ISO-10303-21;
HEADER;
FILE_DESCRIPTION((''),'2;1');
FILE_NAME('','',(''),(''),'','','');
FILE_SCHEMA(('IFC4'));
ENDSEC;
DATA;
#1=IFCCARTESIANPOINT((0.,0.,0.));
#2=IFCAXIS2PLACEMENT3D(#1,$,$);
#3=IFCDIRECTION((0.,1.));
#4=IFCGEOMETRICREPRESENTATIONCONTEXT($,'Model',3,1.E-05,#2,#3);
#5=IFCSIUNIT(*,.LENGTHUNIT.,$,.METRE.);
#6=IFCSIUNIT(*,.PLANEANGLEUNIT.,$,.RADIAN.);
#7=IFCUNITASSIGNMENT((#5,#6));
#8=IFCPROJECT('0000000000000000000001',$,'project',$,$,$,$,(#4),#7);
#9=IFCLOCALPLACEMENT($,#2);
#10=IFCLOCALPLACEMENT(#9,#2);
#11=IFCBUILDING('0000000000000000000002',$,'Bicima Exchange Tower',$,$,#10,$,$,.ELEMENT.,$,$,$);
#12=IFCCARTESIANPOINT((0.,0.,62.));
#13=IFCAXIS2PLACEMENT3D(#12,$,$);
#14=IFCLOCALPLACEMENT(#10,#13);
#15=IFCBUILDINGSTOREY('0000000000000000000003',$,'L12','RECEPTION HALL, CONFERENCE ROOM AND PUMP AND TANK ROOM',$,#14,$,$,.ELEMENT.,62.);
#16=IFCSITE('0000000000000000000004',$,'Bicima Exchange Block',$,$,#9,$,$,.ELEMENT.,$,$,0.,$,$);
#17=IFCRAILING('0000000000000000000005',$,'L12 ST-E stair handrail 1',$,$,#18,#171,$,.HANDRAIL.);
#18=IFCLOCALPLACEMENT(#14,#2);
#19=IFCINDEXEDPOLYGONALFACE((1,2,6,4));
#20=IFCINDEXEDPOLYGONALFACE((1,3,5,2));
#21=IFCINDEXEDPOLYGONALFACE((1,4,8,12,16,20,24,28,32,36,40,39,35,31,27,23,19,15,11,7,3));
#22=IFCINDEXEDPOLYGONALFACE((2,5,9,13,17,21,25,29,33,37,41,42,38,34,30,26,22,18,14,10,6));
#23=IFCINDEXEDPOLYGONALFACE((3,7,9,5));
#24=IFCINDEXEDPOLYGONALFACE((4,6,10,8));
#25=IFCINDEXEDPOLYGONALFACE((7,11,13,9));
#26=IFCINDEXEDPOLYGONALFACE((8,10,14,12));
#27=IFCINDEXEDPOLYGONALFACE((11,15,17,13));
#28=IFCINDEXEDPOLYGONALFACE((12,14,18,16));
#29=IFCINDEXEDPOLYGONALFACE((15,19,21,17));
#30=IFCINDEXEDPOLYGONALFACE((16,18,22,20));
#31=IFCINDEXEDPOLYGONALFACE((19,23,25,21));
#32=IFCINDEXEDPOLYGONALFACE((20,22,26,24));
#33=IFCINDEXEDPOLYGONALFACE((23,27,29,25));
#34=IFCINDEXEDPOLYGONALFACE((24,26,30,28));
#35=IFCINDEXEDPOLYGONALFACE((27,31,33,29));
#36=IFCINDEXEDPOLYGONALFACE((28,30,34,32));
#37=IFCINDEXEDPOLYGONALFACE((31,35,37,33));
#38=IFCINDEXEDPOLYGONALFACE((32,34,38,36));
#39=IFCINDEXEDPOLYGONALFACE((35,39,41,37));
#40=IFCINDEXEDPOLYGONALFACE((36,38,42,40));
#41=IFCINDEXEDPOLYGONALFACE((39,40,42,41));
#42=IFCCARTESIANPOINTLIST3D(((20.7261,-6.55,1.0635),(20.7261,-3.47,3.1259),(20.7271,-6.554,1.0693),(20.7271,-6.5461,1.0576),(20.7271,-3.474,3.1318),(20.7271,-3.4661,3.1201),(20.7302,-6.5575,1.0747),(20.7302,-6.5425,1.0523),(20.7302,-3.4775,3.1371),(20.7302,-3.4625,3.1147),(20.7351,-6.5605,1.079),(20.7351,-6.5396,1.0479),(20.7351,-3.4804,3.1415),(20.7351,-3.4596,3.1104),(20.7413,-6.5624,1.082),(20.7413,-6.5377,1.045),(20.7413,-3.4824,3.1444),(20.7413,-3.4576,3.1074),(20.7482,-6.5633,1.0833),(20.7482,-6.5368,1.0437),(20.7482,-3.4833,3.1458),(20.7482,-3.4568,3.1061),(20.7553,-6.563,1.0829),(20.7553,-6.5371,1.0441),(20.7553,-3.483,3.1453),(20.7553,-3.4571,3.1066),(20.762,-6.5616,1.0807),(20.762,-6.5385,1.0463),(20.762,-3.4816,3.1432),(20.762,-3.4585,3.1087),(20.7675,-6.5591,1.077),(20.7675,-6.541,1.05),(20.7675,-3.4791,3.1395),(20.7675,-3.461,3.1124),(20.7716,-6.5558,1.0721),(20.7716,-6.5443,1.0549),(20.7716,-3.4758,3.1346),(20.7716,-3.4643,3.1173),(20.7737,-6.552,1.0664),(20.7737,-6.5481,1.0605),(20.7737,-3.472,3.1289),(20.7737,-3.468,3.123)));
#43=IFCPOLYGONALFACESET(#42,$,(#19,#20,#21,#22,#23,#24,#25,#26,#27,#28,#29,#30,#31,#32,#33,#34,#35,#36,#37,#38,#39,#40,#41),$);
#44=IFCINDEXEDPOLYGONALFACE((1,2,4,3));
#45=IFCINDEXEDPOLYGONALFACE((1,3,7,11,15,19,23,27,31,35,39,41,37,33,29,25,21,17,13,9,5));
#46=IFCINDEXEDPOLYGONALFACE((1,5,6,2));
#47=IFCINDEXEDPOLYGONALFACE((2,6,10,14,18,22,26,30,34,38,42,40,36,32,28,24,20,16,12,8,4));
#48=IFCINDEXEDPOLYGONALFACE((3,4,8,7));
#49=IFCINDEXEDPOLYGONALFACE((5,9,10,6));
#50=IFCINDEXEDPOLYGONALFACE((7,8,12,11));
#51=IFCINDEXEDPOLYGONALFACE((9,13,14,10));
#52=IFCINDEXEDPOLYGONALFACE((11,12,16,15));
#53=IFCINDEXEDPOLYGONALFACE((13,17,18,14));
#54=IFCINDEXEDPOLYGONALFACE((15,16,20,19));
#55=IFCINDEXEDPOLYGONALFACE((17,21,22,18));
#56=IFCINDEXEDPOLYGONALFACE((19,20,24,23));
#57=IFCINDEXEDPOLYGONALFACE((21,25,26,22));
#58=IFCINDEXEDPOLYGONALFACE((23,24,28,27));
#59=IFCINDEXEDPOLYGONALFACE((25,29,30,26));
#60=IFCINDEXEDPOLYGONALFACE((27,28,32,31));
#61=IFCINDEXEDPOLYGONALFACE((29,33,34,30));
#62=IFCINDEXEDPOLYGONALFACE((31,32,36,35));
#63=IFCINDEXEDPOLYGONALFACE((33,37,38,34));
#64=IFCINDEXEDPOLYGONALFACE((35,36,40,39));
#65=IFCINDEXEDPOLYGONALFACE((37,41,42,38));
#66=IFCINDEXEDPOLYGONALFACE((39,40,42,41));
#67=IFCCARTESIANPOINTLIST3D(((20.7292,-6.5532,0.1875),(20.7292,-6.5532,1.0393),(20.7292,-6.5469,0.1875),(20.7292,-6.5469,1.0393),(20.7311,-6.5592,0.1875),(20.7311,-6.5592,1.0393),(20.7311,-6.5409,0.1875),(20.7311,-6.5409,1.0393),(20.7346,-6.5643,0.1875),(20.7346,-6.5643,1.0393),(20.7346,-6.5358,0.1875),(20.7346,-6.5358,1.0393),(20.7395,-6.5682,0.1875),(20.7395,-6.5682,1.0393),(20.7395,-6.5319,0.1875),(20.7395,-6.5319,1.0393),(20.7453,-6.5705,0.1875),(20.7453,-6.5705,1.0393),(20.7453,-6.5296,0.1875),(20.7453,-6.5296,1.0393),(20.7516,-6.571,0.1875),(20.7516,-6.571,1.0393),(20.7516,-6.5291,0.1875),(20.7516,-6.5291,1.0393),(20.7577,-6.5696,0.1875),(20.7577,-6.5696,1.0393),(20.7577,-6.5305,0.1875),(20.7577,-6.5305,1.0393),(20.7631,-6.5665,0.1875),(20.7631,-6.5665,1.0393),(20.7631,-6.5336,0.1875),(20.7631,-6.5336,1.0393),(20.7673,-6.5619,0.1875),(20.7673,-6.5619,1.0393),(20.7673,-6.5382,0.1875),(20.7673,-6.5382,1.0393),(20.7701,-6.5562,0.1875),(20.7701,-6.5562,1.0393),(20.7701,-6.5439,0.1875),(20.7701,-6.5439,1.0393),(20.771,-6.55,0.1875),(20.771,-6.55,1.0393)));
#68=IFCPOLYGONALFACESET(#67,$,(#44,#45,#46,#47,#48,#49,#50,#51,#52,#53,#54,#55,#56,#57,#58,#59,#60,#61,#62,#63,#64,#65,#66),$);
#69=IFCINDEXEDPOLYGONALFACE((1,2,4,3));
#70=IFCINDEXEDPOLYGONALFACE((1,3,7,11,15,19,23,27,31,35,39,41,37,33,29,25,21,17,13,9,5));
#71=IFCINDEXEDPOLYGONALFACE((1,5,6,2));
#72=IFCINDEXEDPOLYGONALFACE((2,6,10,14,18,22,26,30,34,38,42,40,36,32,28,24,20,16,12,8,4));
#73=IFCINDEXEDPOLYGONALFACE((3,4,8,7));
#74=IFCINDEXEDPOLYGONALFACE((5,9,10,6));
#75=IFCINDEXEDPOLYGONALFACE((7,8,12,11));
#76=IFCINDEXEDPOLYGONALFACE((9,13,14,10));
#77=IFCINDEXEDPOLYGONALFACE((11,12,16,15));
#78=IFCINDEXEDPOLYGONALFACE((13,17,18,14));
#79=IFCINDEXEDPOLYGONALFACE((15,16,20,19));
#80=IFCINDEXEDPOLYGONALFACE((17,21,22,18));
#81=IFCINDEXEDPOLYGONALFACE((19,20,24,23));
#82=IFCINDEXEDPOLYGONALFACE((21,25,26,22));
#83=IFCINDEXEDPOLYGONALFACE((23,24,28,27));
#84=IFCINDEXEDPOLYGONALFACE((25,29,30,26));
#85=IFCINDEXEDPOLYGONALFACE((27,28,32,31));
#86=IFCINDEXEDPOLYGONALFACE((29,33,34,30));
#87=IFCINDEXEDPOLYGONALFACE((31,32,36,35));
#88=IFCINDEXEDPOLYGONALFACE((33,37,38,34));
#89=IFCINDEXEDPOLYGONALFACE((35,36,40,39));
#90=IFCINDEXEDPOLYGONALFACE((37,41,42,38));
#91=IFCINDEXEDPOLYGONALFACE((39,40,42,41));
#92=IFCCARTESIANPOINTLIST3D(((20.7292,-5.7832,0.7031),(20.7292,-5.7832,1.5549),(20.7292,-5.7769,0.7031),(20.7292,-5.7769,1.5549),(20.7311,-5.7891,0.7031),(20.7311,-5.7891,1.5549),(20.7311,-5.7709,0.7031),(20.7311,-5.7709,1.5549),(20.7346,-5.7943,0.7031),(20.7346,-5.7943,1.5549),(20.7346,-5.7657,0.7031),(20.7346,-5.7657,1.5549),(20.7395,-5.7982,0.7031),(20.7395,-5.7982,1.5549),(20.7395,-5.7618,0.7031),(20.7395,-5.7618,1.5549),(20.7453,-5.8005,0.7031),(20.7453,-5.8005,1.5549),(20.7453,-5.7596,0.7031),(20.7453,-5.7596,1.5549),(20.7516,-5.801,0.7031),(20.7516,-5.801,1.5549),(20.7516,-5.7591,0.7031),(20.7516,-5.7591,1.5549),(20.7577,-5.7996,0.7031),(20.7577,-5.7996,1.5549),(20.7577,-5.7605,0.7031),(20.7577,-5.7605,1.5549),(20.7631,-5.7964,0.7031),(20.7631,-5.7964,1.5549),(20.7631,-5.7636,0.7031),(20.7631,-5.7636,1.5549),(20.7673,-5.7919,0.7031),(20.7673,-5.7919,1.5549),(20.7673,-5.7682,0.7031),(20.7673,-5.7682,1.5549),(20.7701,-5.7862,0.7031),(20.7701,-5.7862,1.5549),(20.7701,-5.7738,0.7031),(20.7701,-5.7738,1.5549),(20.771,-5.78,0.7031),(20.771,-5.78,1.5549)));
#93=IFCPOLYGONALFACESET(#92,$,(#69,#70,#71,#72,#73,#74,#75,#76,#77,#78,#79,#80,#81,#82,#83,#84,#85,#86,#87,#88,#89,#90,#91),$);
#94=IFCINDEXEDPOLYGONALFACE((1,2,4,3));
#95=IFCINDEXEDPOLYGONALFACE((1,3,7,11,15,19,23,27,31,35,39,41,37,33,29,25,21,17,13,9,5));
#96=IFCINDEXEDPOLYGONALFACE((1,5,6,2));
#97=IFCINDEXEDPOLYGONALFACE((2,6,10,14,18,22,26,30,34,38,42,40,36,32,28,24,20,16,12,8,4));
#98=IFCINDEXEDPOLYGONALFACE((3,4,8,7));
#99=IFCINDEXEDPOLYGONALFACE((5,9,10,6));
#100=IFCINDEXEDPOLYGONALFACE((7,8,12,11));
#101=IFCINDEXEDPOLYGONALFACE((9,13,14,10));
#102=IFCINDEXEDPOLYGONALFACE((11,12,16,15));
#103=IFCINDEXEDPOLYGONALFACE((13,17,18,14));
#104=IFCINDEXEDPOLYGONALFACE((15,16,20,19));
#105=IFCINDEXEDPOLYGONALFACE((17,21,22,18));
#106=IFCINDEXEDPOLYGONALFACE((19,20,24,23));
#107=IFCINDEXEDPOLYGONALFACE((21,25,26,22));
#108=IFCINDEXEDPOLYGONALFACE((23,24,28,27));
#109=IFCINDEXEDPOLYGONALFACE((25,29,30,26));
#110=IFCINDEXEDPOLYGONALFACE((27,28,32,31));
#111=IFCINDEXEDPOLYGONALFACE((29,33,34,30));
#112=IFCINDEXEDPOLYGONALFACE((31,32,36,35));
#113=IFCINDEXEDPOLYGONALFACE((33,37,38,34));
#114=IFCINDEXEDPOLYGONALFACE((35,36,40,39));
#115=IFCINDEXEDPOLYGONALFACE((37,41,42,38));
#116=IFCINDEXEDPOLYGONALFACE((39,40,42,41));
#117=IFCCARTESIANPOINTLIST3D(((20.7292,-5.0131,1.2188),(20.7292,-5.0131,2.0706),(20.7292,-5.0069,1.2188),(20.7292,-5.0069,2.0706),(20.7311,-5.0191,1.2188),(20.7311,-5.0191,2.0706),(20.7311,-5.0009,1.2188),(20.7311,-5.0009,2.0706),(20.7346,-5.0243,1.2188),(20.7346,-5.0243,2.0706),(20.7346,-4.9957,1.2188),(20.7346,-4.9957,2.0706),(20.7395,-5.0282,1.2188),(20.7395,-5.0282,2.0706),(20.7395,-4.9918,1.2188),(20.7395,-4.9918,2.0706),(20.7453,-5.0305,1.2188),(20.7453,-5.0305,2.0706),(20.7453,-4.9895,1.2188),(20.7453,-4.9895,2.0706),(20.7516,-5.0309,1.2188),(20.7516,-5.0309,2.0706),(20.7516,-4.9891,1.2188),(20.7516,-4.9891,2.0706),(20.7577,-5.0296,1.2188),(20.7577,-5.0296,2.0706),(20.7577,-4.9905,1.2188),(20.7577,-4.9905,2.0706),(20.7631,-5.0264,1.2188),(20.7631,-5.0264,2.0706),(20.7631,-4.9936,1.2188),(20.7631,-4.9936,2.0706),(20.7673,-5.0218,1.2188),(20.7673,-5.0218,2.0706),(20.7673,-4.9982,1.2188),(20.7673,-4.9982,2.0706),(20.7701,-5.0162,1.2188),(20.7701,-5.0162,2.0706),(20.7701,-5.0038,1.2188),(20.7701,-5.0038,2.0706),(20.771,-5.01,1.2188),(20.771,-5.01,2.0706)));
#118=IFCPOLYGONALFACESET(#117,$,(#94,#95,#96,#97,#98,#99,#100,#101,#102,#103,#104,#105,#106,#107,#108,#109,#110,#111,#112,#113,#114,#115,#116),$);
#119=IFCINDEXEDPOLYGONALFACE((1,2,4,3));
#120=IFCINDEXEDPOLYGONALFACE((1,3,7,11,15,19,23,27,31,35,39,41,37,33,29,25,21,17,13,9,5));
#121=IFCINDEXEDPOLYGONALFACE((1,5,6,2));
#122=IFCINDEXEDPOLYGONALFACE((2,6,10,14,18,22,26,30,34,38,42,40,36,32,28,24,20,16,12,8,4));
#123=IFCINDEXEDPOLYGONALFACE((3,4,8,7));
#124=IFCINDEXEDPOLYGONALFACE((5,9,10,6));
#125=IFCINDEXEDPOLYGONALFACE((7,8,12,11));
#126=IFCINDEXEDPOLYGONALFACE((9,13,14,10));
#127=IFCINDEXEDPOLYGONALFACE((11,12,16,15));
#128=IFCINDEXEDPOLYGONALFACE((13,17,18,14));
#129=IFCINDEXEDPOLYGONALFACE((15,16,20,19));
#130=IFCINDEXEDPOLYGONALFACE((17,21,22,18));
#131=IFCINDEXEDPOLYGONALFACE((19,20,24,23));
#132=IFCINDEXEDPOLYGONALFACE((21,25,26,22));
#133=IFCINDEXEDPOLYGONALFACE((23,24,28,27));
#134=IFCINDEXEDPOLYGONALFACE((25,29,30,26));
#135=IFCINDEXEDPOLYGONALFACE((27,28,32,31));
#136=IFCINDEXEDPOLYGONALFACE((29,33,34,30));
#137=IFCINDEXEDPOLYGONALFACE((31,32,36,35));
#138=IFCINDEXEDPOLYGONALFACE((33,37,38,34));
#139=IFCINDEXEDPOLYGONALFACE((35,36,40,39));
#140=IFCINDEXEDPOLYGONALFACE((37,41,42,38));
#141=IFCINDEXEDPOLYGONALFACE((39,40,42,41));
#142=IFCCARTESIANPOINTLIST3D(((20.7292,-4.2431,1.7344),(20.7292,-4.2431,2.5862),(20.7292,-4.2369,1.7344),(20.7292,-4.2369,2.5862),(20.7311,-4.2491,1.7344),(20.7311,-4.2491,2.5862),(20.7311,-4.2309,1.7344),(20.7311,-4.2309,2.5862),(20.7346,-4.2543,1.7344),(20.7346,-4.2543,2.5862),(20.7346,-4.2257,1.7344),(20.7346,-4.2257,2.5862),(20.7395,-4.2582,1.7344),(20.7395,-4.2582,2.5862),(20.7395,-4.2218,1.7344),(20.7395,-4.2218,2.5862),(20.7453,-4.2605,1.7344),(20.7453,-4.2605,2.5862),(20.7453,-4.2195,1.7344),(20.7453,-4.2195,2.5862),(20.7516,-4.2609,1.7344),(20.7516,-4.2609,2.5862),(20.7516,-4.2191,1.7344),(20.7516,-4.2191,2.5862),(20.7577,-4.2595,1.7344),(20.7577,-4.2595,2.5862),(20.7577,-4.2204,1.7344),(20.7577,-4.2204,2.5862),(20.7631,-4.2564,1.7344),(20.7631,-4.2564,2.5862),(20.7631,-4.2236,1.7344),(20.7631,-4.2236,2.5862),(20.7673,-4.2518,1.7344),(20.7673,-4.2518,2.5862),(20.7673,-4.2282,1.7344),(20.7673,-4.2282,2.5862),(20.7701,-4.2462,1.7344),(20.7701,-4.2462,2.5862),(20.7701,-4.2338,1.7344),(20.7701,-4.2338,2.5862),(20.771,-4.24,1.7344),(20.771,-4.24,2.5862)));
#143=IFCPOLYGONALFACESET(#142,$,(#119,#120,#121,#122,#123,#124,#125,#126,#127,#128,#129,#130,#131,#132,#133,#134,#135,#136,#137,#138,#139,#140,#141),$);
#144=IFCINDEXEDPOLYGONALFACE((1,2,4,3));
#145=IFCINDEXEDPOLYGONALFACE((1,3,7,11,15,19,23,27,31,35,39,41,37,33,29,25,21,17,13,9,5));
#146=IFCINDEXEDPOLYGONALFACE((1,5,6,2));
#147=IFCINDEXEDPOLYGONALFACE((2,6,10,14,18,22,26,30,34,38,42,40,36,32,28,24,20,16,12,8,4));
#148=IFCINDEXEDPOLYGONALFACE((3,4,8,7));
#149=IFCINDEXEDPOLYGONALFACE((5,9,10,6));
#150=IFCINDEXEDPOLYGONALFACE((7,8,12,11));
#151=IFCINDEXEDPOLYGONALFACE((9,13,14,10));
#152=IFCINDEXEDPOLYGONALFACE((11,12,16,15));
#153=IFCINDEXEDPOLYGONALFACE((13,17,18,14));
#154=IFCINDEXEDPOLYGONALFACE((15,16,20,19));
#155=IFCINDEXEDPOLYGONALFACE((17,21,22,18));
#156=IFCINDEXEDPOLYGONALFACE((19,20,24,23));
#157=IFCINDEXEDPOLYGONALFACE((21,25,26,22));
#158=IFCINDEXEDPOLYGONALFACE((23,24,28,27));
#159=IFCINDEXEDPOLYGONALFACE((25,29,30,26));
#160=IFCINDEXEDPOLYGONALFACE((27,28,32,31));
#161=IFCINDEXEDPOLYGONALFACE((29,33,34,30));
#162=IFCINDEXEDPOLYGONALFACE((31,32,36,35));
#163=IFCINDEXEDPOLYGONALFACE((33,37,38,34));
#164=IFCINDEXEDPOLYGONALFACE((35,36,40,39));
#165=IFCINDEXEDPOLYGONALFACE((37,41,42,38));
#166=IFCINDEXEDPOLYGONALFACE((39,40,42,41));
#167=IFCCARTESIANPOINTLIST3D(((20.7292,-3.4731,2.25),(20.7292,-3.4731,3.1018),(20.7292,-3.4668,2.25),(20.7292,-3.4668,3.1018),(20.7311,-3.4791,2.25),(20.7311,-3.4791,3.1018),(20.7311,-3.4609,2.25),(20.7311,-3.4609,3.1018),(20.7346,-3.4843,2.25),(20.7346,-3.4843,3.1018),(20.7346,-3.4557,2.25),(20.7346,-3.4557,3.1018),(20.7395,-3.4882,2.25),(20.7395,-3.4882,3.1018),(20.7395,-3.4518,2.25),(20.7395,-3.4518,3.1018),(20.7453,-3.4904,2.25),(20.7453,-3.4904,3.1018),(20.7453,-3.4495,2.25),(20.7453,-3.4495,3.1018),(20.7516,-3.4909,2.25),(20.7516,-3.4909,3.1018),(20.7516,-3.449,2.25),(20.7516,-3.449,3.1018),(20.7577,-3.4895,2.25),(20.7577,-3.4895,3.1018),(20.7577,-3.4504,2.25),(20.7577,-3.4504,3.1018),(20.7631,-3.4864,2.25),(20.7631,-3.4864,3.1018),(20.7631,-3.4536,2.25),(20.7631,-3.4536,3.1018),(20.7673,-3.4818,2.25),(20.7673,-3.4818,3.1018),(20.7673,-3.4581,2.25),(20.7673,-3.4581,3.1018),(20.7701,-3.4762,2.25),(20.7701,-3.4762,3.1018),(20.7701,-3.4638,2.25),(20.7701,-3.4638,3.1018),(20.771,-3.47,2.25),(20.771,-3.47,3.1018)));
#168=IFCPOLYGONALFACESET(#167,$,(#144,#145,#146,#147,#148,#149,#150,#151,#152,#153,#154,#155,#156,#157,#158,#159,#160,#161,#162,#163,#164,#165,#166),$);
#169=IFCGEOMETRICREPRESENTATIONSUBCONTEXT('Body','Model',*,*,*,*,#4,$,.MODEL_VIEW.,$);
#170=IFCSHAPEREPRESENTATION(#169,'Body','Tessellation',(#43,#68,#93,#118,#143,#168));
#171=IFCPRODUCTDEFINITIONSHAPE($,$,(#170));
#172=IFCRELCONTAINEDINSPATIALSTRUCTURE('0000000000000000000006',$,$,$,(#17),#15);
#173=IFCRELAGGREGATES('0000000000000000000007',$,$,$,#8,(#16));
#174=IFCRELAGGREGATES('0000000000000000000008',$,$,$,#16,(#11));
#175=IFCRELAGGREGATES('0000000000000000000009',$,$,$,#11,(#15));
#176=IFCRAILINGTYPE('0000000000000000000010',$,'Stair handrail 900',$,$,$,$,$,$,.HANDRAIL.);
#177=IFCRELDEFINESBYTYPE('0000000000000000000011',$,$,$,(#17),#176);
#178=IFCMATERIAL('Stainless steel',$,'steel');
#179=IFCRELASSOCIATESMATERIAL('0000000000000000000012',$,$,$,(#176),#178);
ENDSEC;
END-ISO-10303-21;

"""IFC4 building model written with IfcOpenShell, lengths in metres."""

from ifc_helpers import new_model, si_unit, direction, frame, origin, origin_2d, place, context, subcontext, project, spatial, circle, extrude, material, type_object, element, save


model = new_model("IFC4")

# Units and contexts
model_context = context("Model", 3, precision=1e-05, world=origin(), true_north=direction((0.0, 1.0)))
body_context = subcontext(model_context, "Body", "Model", "MODEL_VIEW")
ifc_project = project(units=[si_unit("LENGTHUNIT", "METRE"), si_unit("PLANEANGLEUNIT", "RADIAN")], contexts=[model_context])

# Site, building, storey
site_placement = place(None, origin())
site = spatial("IfcSite", under=ifc_project, at=site_placement, Name="Bicima Exchange Block", CompositionType="ELEMENT", RefElevation=0.0)
building_placement = place(site_placement, origin())
building = spatial("IfcBuilding", under=site, at=building_placement, Name="Bicima Exchange Tower", CompositionType="ELEMENT")
storey_placement = place(building_placement, frame((0.0, 0.0, 62.0)))
storey = spatial("IfcBuildingStorey", under=building, at=storey_placement, Name="L12", Description="RECEPTION HALL, CONFERENCE ROOM AND PUMP AND TANK ROOM", CompositionType="ELEMENT", Elevation=62.0)

# Railing
ifc_material_1 = material(Name="Stainless steel", Category="steel")
railing_type_1 = type_object("IfcRailingType", Name="Stair handrail 900", PredefinedType="HANDRAIL", material=ifc_material_1)
railing_1_placement = place(storey_placement, frame((20.75, -6.55, 0.1875)))
element("IfcRailing", 1, at=railing_1_placement, inside=storey, type_object=railing_type_1, Name="L12 ST-E stair handrail 1", PredefinedType="HANDRAIL", context=body_context, shape_type="SweptSolid", body=[
    extrude(circle(Radius=0.0239, at=origin_2d()), frame((0.0, 0.0, 0.876), z_axis=(0.0, 0.830914, 0.556401), x_axis=(-1.0, 0.0, 0.0)), (0.0, 0.0, 1.0), 3.7068),
    extrude(circle(Radius=0.021, at=origin_2d()), origin(), (0.0, 0.0, 1.0), 0.8518),
    extrude(circle(Radius=0.021, at=origin_2d()), frame((0.0, 0.77, 0.5156)), (0.0, 0.0, 1.0), 0.8518),
    extrude(circle(Radius=0.021, at=origin_2d()), frame((0.0, 1.54, 1.0312)), (0.0, 0.0, 1.0), 0.8518),
    extrude(circle(Radius=0.021, at=origin_2d()), frame((0.0, 2.3101, 1.5469)), (0.0, 0.0, 1.0), 0.8518),
    extrude(circle(Radius=0.021, at=origin_2d()), frame((0.0, 3.0801, 2.0625)), (0.0, 0.0, 1.0), 0.8518),
])

save(model, "model.ifc")
